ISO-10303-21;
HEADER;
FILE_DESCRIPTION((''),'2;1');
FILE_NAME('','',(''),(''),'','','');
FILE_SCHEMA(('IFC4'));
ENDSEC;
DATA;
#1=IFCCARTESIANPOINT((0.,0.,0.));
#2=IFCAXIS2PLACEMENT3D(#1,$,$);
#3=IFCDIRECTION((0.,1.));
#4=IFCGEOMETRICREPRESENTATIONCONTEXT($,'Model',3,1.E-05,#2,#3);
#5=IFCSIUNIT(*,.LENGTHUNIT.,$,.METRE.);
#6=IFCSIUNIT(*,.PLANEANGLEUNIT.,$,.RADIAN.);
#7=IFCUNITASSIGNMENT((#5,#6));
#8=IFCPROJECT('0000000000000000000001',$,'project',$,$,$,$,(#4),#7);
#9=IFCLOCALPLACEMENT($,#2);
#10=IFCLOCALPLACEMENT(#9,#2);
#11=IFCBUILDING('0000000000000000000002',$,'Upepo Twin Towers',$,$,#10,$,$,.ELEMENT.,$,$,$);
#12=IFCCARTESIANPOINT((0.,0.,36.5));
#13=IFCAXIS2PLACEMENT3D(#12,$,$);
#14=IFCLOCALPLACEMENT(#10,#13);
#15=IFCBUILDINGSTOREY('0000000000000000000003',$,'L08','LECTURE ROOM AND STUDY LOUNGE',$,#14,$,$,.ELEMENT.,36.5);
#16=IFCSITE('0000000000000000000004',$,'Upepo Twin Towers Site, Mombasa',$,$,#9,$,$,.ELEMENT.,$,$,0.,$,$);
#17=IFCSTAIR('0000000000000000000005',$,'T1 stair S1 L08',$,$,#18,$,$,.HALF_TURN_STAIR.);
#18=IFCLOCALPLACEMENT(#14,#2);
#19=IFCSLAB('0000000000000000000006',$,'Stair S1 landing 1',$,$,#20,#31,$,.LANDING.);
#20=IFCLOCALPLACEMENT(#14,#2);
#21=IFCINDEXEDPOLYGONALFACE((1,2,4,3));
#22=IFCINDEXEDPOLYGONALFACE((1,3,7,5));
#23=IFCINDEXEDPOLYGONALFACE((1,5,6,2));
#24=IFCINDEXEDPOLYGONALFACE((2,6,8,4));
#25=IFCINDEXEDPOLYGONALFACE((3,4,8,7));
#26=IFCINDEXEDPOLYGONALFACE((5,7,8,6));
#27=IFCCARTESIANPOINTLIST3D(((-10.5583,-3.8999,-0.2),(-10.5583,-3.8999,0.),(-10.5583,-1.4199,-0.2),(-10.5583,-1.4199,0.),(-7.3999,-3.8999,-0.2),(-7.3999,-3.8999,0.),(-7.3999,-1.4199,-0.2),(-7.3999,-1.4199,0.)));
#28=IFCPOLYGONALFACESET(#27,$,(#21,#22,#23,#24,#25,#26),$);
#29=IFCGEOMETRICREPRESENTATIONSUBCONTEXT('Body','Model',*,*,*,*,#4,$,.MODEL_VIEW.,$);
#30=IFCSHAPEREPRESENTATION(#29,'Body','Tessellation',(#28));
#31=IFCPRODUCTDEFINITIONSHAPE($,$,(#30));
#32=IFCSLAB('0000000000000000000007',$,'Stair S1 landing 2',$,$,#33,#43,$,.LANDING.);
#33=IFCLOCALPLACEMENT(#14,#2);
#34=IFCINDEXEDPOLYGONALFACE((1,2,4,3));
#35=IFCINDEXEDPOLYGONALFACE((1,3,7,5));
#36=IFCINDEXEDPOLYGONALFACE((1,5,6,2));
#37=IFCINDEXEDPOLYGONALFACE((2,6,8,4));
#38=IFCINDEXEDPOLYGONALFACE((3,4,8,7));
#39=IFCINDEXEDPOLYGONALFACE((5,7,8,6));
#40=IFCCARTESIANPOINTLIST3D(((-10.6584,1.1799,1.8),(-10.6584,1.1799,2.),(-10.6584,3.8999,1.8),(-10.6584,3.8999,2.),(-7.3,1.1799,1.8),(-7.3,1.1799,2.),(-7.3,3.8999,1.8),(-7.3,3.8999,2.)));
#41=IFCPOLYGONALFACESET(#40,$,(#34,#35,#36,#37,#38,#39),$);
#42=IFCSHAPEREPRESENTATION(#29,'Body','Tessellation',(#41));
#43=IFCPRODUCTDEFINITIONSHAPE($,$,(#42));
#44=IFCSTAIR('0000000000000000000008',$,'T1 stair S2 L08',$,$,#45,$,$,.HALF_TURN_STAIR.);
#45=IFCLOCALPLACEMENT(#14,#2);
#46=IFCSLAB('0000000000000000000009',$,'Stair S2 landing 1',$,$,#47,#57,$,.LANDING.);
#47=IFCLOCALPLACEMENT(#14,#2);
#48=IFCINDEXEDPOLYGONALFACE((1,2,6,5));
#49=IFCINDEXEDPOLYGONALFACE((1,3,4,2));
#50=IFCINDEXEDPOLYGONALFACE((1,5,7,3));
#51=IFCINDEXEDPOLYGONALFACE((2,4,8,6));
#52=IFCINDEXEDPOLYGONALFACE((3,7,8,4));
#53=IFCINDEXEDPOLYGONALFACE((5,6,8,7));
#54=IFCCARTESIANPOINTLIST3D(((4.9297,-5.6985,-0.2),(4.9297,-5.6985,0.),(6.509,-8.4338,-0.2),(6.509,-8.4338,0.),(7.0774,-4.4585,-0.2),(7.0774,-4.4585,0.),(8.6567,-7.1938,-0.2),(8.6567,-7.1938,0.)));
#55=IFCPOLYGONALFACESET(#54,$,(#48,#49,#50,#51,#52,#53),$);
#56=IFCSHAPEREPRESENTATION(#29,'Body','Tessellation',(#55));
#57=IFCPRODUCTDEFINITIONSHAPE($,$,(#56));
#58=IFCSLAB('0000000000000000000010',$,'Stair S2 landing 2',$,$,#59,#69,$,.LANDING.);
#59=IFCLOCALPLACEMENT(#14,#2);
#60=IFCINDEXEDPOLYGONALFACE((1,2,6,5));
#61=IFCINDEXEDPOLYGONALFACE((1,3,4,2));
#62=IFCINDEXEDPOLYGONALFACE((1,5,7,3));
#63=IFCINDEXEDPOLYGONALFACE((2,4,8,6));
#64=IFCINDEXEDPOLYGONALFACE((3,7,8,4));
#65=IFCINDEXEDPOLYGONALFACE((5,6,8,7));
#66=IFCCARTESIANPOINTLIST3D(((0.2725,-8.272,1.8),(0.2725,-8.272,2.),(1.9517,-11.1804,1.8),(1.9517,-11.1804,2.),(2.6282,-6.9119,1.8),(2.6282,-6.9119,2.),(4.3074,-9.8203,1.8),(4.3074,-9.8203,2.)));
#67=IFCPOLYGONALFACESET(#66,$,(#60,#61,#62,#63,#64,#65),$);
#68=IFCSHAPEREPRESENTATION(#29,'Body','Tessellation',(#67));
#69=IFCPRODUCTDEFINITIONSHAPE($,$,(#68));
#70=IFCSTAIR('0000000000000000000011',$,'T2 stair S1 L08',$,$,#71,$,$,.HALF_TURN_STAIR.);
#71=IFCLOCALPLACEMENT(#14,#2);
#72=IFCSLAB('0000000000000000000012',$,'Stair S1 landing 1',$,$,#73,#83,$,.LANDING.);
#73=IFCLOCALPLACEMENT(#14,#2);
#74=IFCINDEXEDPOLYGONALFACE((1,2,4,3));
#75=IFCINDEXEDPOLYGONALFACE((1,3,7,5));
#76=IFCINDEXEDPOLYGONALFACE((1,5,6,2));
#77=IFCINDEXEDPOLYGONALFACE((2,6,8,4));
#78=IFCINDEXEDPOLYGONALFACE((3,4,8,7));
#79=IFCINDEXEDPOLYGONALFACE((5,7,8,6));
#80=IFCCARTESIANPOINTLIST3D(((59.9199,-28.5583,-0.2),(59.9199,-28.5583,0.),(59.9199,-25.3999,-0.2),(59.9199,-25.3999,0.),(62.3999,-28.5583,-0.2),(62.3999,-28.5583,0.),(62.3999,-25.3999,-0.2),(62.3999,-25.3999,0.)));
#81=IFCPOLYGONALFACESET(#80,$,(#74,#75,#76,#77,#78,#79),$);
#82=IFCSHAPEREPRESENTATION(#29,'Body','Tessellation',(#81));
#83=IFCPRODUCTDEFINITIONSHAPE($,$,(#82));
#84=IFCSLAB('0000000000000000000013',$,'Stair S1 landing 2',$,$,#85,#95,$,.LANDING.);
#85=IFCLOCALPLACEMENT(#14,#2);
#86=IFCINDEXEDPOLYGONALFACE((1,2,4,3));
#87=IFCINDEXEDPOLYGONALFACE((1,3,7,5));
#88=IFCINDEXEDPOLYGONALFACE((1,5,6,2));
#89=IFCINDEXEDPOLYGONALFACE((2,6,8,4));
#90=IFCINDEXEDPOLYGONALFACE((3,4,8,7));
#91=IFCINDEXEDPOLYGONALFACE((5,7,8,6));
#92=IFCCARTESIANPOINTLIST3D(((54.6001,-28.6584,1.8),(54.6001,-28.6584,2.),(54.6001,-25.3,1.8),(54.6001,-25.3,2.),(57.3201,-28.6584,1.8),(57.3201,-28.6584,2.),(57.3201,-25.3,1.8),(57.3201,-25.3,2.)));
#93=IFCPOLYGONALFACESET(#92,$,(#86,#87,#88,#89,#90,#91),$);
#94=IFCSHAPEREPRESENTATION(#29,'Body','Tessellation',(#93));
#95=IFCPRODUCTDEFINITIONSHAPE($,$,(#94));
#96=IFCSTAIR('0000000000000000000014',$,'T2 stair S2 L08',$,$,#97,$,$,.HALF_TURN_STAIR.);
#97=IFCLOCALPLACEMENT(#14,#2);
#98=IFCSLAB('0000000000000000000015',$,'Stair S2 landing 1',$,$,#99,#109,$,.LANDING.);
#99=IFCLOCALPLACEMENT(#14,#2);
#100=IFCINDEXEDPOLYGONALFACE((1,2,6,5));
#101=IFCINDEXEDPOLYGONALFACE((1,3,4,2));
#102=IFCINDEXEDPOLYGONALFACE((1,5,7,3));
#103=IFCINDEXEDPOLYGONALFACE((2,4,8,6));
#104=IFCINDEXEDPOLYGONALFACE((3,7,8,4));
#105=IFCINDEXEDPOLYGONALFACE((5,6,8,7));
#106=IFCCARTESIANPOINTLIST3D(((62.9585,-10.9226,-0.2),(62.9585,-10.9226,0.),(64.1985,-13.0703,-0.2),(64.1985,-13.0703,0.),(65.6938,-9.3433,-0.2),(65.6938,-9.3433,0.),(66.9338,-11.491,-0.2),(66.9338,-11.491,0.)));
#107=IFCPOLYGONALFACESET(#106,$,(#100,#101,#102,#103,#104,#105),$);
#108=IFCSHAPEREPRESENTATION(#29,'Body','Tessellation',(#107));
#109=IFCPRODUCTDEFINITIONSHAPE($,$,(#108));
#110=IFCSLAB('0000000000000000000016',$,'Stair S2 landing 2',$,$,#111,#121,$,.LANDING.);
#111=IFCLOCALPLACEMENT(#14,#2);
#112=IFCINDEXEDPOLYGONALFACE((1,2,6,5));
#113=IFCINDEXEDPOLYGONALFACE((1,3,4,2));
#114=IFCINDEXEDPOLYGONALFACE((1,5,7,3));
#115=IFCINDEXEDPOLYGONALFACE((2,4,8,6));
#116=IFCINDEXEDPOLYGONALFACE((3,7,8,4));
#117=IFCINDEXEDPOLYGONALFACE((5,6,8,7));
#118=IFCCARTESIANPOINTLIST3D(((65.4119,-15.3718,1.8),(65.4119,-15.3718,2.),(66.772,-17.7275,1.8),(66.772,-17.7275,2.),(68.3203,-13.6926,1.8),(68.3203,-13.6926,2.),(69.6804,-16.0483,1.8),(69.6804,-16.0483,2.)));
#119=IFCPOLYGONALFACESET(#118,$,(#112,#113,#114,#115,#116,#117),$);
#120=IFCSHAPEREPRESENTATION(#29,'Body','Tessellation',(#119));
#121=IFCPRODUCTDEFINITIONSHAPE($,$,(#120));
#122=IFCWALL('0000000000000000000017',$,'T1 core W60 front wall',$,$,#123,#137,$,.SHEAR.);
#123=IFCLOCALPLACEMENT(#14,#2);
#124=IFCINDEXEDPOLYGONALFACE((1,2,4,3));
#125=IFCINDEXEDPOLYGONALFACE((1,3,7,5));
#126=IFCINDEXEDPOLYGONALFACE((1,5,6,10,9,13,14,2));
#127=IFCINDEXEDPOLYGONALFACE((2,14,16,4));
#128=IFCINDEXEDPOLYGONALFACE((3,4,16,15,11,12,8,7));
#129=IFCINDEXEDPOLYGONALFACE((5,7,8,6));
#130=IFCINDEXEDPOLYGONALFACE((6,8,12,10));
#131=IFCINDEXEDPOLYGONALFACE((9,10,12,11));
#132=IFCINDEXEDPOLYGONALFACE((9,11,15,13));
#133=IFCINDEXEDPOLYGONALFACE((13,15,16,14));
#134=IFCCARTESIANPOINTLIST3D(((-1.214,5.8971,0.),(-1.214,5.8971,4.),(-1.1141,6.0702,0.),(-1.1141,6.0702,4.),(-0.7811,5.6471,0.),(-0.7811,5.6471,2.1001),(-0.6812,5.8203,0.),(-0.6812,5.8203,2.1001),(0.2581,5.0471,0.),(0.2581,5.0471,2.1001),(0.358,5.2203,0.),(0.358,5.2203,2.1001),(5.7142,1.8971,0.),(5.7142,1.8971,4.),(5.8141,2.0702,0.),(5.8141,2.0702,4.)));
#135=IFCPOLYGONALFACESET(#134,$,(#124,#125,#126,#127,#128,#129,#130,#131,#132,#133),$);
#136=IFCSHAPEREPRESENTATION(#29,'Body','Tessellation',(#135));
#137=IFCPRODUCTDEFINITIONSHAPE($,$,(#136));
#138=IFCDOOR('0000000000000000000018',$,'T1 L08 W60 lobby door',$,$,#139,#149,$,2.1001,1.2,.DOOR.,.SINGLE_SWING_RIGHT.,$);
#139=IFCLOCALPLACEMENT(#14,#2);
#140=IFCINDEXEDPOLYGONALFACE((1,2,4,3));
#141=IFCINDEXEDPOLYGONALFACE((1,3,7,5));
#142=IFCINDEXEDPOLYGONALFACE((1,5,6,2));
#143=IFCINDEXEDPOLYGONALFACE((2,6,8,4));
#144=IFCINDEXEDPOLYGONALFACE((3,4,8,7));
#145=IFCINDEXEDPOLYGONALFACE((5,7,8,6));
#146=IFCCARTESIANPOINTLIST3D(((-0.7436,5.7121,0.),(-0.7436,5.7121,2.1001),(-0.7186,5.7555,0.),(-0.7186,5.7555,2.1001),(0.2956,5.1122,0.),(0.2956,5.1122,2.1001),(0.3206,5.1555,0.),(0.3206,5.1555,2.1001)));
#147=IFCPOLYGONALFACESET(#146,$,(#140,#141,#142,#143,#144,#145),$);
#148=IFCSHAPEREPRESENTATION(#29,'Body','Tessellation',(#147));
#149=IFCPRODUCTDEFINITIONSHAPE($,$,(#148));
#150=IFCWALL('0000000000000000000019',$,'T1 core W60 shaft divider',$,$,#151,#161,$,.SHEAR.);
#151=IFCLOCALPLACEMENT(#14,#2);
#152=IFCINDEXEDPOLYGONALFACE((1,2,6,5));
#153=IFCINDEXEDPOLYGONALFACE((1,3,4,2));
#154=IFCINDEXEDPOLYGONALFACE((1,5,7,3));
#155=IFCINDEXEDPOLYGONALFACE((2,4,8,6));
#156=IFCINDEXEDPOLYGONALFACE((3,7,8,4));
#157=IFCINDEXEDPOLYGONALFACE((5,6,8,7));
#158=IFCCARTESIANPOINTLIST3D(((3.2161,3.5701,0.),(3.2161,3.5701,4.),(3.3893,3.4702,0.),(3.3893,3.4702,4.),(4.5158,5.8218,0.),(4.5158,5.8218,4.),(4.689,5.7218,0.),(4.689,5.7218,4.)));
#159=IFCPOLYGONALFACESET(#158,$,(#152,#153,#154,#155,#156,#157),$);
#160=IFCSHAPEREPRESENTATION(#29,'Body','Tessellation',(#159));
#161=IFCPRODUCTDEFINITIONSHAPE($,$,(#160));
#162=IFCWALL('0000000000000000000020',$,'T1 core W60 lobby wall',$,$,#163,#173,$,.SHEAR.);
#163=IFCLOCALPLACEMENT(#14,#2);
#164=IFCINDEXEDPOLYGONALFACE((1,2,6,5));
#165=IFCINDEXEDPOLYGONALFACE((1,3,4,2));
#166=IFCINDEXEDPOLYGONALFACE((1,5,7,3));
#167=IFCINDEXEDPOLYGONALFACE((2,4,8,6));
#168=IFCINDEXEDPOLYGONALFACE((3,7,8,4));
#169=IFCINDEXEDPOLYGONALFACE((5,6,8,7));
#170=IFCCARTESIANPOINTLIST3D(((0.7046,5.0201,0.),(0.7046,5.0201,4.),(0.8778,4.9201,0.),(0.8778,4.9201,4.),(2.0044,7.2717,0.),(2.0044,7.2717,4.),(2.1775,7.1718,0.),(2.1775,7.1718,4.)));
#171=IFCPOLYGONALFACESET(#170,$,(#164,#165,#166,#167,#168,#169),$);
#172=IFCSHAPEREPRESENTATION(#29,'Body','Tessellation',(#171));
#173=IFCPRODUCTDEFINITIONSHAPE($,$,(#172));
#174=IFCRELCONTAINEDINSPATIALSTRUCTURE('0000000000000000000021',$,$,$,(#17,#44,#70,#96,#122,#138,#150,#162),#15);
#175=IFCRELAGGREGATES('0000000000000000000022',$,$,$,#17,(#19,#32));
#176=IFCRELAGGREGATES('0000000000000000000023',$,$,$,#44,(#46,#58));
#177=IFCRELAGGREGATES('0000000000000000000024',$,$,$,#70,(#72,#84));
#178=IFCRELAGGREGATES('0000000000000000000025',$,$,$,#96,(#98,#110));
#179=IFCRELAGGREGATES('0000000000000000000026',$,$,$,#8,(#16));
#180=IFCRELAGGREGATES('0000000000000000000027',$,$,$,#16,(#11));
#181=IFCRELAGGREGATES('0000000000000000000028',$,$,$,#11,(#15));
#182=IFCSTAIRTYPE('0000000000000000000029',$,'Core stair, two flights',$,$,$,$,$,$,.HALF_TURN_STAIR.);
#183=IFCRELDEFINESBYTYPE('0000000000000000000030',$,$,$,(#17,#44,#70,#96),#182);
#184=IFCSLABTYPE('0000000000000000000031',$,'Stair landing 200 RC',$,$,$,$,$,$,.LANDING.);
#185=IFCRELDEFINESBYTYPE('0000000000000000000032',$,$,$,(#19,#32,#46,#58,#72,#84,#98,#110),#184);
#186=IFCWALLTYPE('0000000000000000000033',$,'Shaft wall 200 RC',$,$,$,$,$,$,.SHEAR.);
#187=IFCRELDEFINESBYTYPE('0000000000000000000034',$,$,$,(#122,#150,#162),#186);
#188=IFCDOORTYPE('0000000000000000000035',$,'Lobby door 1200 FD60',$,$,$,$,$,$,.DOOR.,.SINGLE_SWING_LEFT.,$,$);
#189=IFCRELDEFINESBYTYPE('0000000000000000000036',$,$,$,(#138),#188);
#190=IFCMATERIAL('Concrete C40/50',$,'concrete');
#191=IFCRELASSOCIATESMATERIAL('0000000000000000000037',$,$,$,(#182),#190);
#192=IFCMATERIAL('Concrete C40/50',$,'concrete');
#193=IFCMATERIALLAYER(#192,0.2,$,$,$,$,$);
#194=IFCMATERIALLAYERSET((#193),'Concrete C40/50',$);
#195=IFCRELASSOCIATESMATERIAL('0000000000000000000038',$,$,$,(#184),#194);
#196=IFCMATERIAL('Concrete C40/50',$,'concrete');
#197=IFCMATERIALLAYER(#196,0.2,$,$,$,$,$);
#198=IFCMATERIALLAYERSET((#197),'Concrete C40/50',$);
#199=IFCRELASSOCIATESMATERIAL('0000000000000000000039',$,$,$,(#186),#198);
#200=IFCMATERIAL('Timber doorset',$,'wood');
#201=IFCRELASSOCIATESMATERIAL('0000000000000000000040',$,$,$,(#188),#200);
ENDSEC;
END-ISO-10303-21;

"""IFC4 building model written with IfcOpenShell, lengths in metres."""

from ifc_helpers import new_model, si_unit, direction, frame, frame_2d, origin, place, context, subcontext, project, spatial, polyline, rectangle, outline, extrude, material, layer, layer_set, type_object, element, fill, aggregate, save


model = new_model("IFC4")

# Units and contexts
model_context = context("Model", 3, precision=1e-05, world=origin(), true_north=direction((0.0, 1.0)))
body_context = subcontext(model_context, "Body", "Model", "MODEL_VIEW")
ifc_project = project(units=[si_unit("LENGTHUNIT", "METRE"), si_unit("PLANEANGLEUNIT", "RADIAN")], contexts=[model_context])

# Site, building, storey
site_placement = place(None, origin())
site = spatial("IfcSite", under=ifc_project, at=site_placement, Name="Upepo Twin Towers Site, Mombasa", CompositionType="ELEMENT", RefElevation=0.0)
building_placement = place(site_placement, origin())
building = spatial("IfcBuilding", under=site, at=building_placement, Name="Upepo Twin Towers", CompositionType="ELEMENT")
storey_placement = place(building_placement, frame((0.0, 0.0, 36.5)))
storey = spatial("IfcBuildingStorey", under=building, at=storey_placement, Name="L08", Description="LECTURE ROOM AND STUDY LOUNGE", CompositionType="ELEMENT", Elevation=36.5)

# Stairs, slabs
ifc_material_1 = material(Name="Concrete C40/50", Category="concrete")
stair_type = type_object("IfcStairType", Name="Core stair, two flights", PredefinedType="HALF_TURN_STAIR", material=ifc_material_1)
stair_1_placement = place(storey_placement, origin())
stair_1 = element("IfcStair", 1, at=stair_1_placement, inside=storey, type_object=stair_type, Name="T1 stair S1 L08", PredefinedType="HALF_TURN_STAIR")
ifc_material_2 = material(Name="Concrete C40/50", Category="concrete")
ifc_layer_1 = layer(ifc_material_2, 0.2)
ifc_layer_set_1 = layer_set([ifc_layer_1], Name="Concrete C40/50")
slab_type = type_object("IfcSlabType", Name="Stair landing 200 RC", PredefinedType="LANDING", material=ifc_layer_set_1)
slab_1_placement = place(storey_placement, frame((0.0, 0.0, -0.2)))
slab_1 = element("IfcSlab", 2, at=slab_1_placement, type_object=slab_type, Name="Stair S1 landing 1", PredefinedType="LANDING", context=body_context, shape_type="SweptSolid", body=[
    extrude(outline(polyline([(-7.3999, -1.4199), (-10.5583, -1.4199), (-10.5583, -3.8999), (-7.3999, -3.8999), (-7.3999, -1.4199)])), origin(), (0.0, 0.0, 1.0), 0.2),
])
slab_2_placement = place(storey_placement, frame((0.0, 0.0, 1.8)))
slab_2 = element("IfcSlab", 3, at=slab_2_placement, type_object=slab_type, Name="Stair S1 landing 2", PredefinedType="LANDING", context=body_context, shape_type="SweptSolid", body=[
    extrude(outline(polyline([(-7.3, 3.8999), (-10.6584, 3.8999), (-10.6584, 1.1799), (-7.3, 1.1799), (-7.3, 3.8999)])), origin(), (0.0, 0.0, 1.0), 0.2),
])
aggregate(stair_1, [slab_1, slab_2])
stair_2_placement = place(storey_placement, origin())
stair_2 = element("IfcStair", 4, at=stair_2_placement, inside=storey, type_object=stair_type, Name="T1 stair S2 L08", PredefinedType="HALF_TURN_STAIR")
slab_3_placement = place(storey_placement, frame((0.0, 0.0, -0.2)))
slab_3 = element("IfcSlab", 5, at=slab_3_placement, type_object=slab_type, Name="Stair S2 landing 1", PredefinedType="LANDING", context=body_context, shape_type="SweptSolid", body=[
    extrude(outline(polyline([(4.9297, -5.6985), (6.509, -8.4338), (8.6567, -7.1938), (7.0774, -4.4585), (4.9297, -5.6985)])), origin(), (0.0, 0.0, 1.0), 0.2),
])
slab_4_placement = place(storey_placement, frame((0.0, 0.0, 1.8)))
slab_4 = element("IfcSlab", 6, at=slab_4_placement, type_object=slab_type, Name="Stair S2 landing 2", PredefinedType="LANDING", context=body_context, shape_type="SweptSolid", body=[
    extrude(outline(polyline([(0.2725, -8.272), (1.9517, -11.1804), (4.3074, -9.8203), (2.6282, -6.9119), (0.2725, -8.272)])), origin(), (0.0, 0.0, 1.0), 0.2),
])
aggregate(stair_2, [slab_3, slab_4])
stair_3_placement = place(storey_placement, origin())
stair_3 = element("IfcStair", 7, at=stair_3_placement, inside=storey, type_object=stair_type, Name="T2 stair S1 L08", PredefinedType="HALF_TURN_STAIR")
slab_5_placement = place(storey_placement, frame((0.0, 0.0, -0.2)))
slab_5 = element("IfcSlab", 8, at=slab_5_placement, type_object=slab_type, Name="Stair S1 landing 1", PredefinedType="LANDING", context=body_context, shape_type="SweptSolid", body=[
    extrude(outline(polyline([(59.9199, -25.3999), (59.9199, -28.5583), (62.3999, -28.5583), (62.3999, -25.3999), (59.9199, -25.3999)])), origin(), (0.0, 0.0, 1.0), 0.2),
])
slab_6_placement = place(storey_placement, frame((0.0, 0.0, 1.8)))
slab_6 = element("IfcSlab", 9, at=slab_6_placement, type_object=slab_type, Name="Stair S1 landing 2", PredefinedType="LANDING", context=body_context, shape_type="SweptSolid", body=[
    extrude(outline(polyline([(54.6001, -25.3), (54.6001, -28.6584), (57.3201, -28.6584), (57.3201, -25.3), (54.6001, -25.3)])), origin(), (0.0, 0.0, 1.0), 0.2),
])
aggregate(stair_3, [slab_5, slab_6])
stair_4_placement = place(storey_placement, origin())
stair_4 = element("IfcStair", 10, at=stair_4_placement, inside=storey, type_object=stair_type, Name="T2 stair S2 L08", PredefinedType="HALF_TURN_STAIR")
slab_7_placement = place(storey_placement, frame((0.0, 0.0, -0.2)))
slab_7 = element("IfcSlab", 11, at=slab_7_placement, type_object=slab_type, Name="Stair S2 landing 1", PredefinedType="LANDING", context=body_context, shape_type="SweptSolid", body=[
    extrude(outline(polyline([(64.1985, -13.0703), (66.9338, -11.491), (65.6938, -9.3433), (62.9585, -10.9226), (64.1985, -13.0703)])), origin(), (0.0, 0.0, 1.0), 0.2),
])
slab_8_placement = place(storey_placement, frame((0.0, 0.0, 1.8)))
slab_8 = element("IfcSlab", 12, at=slab_8_placement, type_object=slab_type, Name="Stair S2 landing 2", PredefinedType="LANDING", context=body_context, shape_type="SweptSolid", body=[
    extrude(outline(polyline([(66.772, -17.7275), (69.6804, -16.0483), (68.3203, -13.6926), (65.4119, -15.3718), (66.772, -17.7275)])), origin(), (0.0, 0.0, 1.0), 0.2),
])
aggregate(stair_4, [slab_7, slab_8])

# Wall, opening, door
ifc_material_3 = material(Name="Concrete C40/50", Category="concrete")
ifc_layer_2 = layer(ifc_material_3, 0.2)
ifc_layer_set_2 = layer_set([ifc_layer_2], Name="Concrete C40/50")
wall_type_1 = type_object("IfcWallType", Name="Shaft wall 200 RC", PredefinedType="SHEAR", material=ifc_layer_set_2)
wall_1_placement = place(storey_placement, frame((5.7642, 1.9836, 0.0), z_axis=(0.0, 0.0, 1.0), x_axis=(-0.866026, 0.499999, 0.0)))
wall_1 = element("IfcWall", 13, at=wall_1_placement, inside=storey, type_object=wall_type_1, Name="T1 core W60 front wall", PredefinedType="SHEAR", context=body_context, shape_type="SweptSolid", body=[
    extrude(rectangle(XDim=8.0, YDim=0.2, at=frame_2d((4.0, 0.0))), origin(), (0.0, 0.0, 1.0), 4.0),
])
opening_1_placement = place(wall_1_placement, frame((6.3, 0.0, 0.0)))
opening_1 = element("IfcOpeningElement", 14, at=opening_1_placement, cuts=wall_1, PredefinedType="OPENING", context=body_context, shape_type="SweptSolid", body=[
    extrude(rectangle(XDim=1.2, YDim=2.1001, at=frame_2d((0.6001, 1.05))), frame((0.0, 0.1099, 0.0), z_axis=(0.0, -1.0, 0.0), x_axis=(1.0, 0.0, 0.0)), (0.0, 0.0, 1.0), 0.22),
])
ifc_material_4 = material(Name="Timber doorset", Category="wood")
door_type_1 = type_object("IfcDoorType", Name="Lobby door 1200 FD60", OperationType="SINGLE_SWING_LEFT", PredefinedType="DOOR", material=ifc_material_4)
door_1_placement = place(opening_1_placement, origin())
door_1 = element("IfcDoor", 15, at=door_1_placement, inside=storey, type_object=door_type_1, Name="T1 L08 W60 lobby door", OperationType="SINGLE_SWING_RIGHT", OverallHeight=2.1001, OverallWidth=1.2, PredefinedType="DOOR", context=body_context, shape_type="SweptSolid", body=[
    extrude(rectangle(XDim=1.2, YDim=2.1001, at=frame_2d((0.6001, 1.05))), frame((0.0, 0.0249, 0.0), z_axis=(0.0, -1.0, 0.0), x_axis=(1.0, 0.0, 0.0)), (0.0, 0.0, 1.0), 0.05),
])
fill(opening_1, door_1)

# Walls
for number, where, z_axis, x_axis, name in (
    (16, (3.3027, 3.5203, 0.0), (0.0, 0.0, 1.0), (0.499937, 0.866062, 0.0), "T1 core W60 shaft divider"),
    (17, (0.7913, 4.9702, 0.0), (0.0, 0.0, 1.0), (0.499937, 0.866062, 0.0), "T1 core W60 lobby wall"),
):
    element("IfcWall", number, at=place(storey_placement, frame(where, z_axis=z_axis, x_axis=x_axis)), inside=storey, type_object=wall_type_1, Name=name, PredefinedType="SHEAR", context=body_context, shape_type="SweptSolid", body=[
        extrude(rectangle(XDim=2.5999, YDim=0.2, at=frame_2d((1.2998, 0.0))), origin(), (0.0, 0.0, 1.0), 4.0),
    ])

save(model, "model.ifc")
